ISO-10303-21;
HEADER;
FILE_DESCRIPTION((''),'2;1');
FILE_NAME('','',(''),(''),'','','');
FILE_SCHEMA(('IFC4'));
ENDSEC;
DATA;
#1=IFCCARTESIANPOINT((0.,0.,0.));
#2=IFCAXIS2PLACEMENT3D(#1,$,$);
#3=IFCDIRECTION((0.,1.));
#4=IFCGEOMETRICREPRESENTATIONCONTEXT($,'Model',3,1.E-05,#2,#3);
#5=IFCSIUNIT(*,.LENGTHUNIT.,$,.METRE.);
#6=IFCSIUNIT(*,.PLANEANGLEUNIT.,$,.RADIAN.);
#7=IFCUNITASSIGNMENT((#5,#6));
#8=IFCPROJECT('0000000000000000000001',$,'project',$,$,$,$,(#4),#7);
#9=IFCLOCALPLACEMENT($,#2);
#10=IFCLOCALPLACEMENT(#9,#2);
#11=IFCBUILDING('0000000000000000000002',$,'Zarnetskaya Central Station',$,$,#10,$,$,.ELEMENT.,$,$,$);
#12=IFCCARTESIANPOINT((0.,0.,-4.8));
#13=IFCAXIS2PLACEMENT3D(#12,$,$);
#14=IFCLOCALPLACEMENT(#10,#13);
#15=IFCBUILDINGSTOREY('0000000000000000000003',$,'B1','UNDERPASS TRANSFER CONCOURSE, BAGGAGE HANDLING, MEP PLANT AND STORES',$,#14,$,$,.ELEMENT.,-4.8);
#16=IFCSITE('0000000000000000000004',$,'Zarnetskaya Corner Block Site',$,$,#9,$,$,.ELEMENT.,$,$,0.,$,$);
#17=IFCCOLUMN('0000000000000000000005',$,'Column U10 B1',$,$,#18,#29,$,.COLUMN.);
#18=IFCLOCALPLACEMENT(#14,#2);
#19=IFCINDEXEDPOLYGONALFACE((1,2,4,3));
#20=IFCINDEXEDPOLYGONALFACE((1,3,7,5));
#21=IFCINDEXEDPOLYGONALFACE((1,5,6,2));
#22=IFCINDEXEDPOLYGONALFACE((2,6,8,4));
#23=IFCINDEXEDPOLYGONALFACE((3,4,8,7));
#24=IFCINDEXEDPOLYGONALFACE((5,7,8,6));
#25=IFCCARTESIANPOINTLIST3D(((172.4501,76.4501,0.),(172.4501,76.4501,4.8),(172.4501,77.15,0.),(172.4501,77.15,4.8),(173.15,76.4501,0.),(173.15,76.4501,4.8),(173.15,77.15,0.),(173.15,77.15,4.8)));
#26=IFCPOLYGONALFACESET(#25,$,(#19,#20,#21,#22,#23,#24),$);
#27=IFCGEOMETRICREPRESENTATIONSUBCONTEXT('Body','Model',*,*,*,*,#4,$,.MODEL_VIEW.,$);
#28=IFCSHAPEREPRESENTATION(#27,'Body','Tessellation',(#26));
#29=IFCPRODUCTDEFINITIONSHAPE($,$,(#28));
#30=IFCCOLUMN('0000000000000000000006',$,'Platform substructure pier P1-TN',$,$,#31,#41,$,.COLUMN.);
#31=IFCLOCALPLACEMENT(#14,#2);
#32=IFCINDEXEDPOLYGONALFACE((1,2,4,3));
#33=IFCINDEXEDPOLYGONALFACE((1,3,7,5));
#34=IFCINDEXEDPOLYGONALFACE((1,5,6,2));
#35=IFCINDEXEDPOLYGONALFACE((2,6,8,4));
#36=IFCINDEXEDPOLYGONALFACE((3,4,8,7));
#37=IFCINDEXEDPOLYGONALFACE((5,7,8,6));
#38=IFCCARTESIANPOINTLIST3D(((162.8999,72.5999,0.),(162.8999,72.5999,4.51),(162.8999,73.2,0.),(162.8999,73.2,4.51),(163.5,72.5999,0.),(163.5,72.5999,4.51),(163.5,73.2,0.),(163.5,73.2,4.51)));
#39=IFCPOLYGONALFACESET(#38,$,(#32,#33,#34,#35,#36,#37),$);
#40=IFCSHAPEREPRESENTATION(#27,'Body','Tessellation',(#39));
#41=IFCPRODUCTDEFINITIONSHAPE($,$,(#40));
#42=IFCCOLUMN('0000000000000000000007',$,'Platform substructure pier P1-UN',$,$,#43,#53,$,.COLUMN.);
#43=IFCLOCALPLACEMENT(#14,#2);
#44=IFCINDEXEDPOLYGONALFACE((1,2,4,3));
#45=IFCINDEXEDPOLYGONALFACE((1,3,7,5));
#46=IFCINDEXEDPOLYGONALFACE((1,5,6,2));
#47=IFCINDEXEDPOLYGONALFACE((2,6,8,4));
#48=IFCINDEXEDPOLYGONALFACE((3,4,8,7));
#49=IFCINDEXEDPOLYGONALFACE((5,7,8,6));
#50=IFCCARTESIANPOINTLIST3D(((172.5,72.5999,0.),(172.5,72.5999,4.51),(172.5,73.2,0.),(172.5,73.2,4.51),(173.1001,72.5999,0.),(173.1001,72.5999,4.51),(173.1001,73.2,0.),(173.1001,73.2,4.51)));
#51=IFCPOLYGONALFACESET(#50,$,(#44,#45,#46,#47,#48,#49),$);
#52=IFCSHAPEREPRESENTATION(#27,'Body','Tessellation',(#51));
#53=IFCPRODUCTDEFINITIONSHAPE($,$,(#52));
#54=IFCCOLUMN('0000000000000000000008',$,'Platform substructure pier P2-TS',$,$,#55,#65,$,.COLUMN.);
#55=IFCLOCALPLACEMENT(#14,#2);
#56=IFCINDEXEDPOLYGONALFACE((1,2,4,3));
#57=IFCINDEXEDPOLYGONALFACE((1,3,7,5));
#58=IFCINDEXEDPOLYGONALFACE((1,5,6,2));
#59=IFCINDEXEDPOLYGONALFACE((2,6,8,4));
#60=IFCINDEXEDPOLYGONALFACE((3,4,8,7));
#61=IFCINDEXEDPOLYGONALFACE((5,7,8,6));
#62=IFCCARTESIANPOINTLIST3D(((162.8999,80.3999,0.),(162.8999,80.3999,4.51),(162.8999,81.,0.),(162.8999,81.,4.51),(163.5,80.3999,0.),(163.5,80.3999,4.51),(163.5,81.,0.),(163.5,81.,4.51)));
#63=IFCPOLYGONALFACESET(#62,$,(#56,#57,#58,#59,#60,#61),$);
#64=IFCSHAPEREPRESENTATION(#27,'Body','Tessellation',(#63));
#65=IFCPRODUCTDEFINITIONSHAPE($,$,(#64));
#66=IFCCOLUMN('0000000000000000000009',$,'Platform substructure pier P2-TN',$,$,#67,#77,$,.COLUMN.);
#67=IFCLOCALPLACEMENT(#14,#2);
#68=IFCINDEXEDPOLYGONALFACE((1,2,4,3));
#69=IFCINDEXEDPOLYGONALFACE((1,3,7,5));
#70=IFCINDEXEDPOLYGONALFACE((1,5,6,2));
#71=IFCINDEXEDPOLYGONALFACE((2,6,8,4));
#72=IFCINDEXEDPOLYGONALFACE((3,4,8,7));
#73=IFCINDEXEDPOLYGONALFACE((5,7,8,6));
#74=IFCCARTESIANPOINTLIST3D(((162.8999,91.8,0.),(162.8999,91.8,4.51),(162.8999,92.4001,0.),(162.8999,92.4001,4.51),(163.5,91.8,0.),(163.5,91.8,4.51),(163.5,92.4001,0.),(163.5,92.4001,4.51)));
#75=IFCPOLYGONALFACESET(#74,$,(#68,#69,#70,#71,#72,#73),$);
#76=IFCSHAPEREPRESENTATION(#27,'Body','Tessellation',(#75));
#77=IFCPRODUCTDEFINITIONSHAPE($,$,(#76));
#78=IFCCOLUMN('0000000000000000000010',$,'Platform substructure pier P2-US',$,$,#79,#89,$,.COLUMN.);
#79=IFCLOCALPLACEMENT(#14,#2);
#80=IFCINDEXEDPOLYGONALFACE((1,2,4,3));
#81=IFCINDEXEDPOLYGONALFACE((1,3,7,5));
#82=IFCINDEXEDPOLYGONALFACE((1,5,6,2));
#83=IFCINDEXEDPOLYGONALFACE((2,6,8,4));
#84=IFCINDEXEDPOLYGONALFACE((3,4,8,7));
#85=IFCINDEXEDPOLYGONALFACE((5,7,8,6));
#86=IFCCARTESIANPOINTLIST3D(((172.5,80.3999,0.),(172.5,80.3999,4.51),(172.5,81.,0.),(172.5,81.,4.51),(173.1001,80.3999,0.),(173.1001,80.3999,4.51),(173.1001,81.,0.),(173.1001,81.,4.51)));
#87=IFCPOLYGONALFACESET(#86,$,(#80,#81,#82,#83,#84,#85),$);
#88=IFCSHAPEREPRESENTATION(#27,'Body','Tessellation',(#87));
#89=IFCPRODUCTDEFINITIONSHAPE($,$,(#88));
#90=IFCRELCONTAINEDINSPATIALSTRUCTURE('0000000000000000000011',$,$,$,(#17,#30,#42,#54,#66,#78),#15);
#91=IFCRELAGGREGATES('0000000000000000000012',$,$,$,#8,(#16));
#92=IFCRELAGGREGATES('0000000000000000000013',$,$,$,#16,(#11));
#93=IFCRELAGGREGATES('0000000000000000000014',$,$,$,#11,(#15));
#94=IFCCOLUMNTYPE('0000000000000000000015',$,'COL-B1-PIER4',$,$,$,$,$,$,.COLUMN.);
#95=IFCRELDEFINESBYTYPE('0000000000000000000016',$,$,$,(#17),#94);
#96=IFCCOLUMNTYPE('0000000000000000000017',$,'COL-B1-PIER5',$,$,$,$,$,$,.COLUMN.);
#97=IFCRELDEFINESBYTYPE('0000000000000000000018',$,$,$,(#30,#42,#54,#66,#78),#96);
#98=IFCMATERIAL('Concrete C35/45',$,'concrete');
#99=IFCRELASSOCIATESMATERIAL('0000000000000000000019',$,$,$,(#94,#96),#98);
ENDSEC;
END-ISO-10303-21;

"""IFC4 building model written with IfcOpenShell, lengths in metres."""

from ifc_helpers import new_model, si_unit, direction, frame, origin, origin_2d, place, context, subcontext, project, spatial, rectangle, extrude, material, material_profile, profile_set, type_object, element, save


model = new_model("IFC4")

# Units and contexts
model_context = context("Model", 3, precision=1e-05, world=origin(), true_north=direction((0.0, 1.0)))
body_context = subcontext(model_context, "Body", "Model", "MODEL_VIEW")
ifc_project = project(units=[si_unit("LENGTHUNIT", "METRE"), si_unit("PLANEANGLEUNIT", "RADIAN")], contexts=[model_context])

# Site, building, storey
site_placement = place(None, origin())
site = spatial("IfcSite", under=ifc_project, at=site_placement, Name="Zarnetskaya Corner Block Site", CompositionType="ELEMENT", RefElevation=0.0)
building_placement = place(site_placement, origin())
building = spatial("IfcBuilding", under=site, at=building_placement, Name="Zarnetskaya Central Station", CompositionType="ELEMENT")
storey_placement = place(building_placement, frame((0.0, 0.0, -4.8)))
storey = spatial("IfcBuildingStorey", under=building, at=storey_placement, Name="B1", Description="UNDERPASS TRANSFER CONCOURSE, BAGGAGE HANDLING, MEP PLANT AND STORES", CompositionType="ELEMENT", Elevation=-4.8)

# Shared definitions
ifc_material = material(Name="Concrete C35/45", Category="concrete")

# Columns
ifc_material_profile_1 = material_profile(ifc_material, rectangle(XDim=0.7, YDim=0.7, at=origin_2d()), Name="RC 700x700")
ifc_profile_set_1 = profile_set([ifc_material_profile_1], Name="Concrete C35/45")
column_type_1 = type_object("IfcColumnType", Name="COL-B1-PIER4", PredefinedType="COLUMN", material=ifc_profile_set_1)
for number, where, z_axis, x_axis, name in (
    (1, (172.8, 76.8, 0.0), (0.0, 0.0, 1.0), (1.0, 0.0, 0.0), "Column U10 B1"),
):
    element("IfcColumn", number, at=place(storey_placement, frame(where, z_axis=z_axis, x_axis=x_axis)), inside=storey, type_object=column_type_1, Name=name, PredefinedType="COLUMN", context=body_context, shape_type="SweptSolid", body=[
        extrude(rectangle(XDim=0.7, YDim=0.7, at=origin_2d()), origin(), (0.0, 0.0, 1.0), 4.8),
    ])
ifc_material_profile_2 = material_profile(ifc_material, rectangle(XDim=0.6001, YDim=0.6001, at=origin_2d()), Name="RC 600x600")
ifc_profile_set_2 = profile_set([ifc_material_profile_2], Name="Concrete C35/45")
column_type_2 = type_object("IfcColumnType", Name="COL-B1-PIER5", PredefinedType="COLUMN", material=ifc_profile_set_2)
for number, where, z_axis, x_axis, name in (
    (2, (163.2, 72.8999, 0.0), (0.0, 0.0, 1.0), (1.0, 0.0, 0.0), "Platform substructure pier P1-TN"),
    (3, (172.8, 72.8999, 0.0), (0.0, 0.0, 1.0), (1.0, 0.0, 0.0), "Platform substructure pier P1-UN"),
    (4, (163.2, 80.7, 0.0), (0.0, 0.0, 1.0), (1.0, 0.0, 0.0), "Platform substructure pier P2-TS"),
    (5, (163.2, 92.1001, 0.0), (0.0, 0.0, 1.0), (1.0, 0.0, 0.0), "Platform substructure pier P2-TN"),
    (6, (172.8, 80.7, 0.0), (0.0, 0.0, 1.0), (1.0, 0.0, 0.0), "Platform substructure pier P2-US"),
):
    element("IfcColumn", number, at=place(storey_placement, frame(where, z_axis=z_axis, x_axis=x_axis)), inside=storey, type_object=column_type_2, Name=name, PredefinedType="COLUMN", context=body_context, shape_type="SweptSolid", body=[
        extrude(rectangle(XDim=0.6001, YDim=0.6001, at=origin_2d()), origin(), (0.0, 0.0, 1.0), 4.51),
    ])

save(model, "model.ifc")
